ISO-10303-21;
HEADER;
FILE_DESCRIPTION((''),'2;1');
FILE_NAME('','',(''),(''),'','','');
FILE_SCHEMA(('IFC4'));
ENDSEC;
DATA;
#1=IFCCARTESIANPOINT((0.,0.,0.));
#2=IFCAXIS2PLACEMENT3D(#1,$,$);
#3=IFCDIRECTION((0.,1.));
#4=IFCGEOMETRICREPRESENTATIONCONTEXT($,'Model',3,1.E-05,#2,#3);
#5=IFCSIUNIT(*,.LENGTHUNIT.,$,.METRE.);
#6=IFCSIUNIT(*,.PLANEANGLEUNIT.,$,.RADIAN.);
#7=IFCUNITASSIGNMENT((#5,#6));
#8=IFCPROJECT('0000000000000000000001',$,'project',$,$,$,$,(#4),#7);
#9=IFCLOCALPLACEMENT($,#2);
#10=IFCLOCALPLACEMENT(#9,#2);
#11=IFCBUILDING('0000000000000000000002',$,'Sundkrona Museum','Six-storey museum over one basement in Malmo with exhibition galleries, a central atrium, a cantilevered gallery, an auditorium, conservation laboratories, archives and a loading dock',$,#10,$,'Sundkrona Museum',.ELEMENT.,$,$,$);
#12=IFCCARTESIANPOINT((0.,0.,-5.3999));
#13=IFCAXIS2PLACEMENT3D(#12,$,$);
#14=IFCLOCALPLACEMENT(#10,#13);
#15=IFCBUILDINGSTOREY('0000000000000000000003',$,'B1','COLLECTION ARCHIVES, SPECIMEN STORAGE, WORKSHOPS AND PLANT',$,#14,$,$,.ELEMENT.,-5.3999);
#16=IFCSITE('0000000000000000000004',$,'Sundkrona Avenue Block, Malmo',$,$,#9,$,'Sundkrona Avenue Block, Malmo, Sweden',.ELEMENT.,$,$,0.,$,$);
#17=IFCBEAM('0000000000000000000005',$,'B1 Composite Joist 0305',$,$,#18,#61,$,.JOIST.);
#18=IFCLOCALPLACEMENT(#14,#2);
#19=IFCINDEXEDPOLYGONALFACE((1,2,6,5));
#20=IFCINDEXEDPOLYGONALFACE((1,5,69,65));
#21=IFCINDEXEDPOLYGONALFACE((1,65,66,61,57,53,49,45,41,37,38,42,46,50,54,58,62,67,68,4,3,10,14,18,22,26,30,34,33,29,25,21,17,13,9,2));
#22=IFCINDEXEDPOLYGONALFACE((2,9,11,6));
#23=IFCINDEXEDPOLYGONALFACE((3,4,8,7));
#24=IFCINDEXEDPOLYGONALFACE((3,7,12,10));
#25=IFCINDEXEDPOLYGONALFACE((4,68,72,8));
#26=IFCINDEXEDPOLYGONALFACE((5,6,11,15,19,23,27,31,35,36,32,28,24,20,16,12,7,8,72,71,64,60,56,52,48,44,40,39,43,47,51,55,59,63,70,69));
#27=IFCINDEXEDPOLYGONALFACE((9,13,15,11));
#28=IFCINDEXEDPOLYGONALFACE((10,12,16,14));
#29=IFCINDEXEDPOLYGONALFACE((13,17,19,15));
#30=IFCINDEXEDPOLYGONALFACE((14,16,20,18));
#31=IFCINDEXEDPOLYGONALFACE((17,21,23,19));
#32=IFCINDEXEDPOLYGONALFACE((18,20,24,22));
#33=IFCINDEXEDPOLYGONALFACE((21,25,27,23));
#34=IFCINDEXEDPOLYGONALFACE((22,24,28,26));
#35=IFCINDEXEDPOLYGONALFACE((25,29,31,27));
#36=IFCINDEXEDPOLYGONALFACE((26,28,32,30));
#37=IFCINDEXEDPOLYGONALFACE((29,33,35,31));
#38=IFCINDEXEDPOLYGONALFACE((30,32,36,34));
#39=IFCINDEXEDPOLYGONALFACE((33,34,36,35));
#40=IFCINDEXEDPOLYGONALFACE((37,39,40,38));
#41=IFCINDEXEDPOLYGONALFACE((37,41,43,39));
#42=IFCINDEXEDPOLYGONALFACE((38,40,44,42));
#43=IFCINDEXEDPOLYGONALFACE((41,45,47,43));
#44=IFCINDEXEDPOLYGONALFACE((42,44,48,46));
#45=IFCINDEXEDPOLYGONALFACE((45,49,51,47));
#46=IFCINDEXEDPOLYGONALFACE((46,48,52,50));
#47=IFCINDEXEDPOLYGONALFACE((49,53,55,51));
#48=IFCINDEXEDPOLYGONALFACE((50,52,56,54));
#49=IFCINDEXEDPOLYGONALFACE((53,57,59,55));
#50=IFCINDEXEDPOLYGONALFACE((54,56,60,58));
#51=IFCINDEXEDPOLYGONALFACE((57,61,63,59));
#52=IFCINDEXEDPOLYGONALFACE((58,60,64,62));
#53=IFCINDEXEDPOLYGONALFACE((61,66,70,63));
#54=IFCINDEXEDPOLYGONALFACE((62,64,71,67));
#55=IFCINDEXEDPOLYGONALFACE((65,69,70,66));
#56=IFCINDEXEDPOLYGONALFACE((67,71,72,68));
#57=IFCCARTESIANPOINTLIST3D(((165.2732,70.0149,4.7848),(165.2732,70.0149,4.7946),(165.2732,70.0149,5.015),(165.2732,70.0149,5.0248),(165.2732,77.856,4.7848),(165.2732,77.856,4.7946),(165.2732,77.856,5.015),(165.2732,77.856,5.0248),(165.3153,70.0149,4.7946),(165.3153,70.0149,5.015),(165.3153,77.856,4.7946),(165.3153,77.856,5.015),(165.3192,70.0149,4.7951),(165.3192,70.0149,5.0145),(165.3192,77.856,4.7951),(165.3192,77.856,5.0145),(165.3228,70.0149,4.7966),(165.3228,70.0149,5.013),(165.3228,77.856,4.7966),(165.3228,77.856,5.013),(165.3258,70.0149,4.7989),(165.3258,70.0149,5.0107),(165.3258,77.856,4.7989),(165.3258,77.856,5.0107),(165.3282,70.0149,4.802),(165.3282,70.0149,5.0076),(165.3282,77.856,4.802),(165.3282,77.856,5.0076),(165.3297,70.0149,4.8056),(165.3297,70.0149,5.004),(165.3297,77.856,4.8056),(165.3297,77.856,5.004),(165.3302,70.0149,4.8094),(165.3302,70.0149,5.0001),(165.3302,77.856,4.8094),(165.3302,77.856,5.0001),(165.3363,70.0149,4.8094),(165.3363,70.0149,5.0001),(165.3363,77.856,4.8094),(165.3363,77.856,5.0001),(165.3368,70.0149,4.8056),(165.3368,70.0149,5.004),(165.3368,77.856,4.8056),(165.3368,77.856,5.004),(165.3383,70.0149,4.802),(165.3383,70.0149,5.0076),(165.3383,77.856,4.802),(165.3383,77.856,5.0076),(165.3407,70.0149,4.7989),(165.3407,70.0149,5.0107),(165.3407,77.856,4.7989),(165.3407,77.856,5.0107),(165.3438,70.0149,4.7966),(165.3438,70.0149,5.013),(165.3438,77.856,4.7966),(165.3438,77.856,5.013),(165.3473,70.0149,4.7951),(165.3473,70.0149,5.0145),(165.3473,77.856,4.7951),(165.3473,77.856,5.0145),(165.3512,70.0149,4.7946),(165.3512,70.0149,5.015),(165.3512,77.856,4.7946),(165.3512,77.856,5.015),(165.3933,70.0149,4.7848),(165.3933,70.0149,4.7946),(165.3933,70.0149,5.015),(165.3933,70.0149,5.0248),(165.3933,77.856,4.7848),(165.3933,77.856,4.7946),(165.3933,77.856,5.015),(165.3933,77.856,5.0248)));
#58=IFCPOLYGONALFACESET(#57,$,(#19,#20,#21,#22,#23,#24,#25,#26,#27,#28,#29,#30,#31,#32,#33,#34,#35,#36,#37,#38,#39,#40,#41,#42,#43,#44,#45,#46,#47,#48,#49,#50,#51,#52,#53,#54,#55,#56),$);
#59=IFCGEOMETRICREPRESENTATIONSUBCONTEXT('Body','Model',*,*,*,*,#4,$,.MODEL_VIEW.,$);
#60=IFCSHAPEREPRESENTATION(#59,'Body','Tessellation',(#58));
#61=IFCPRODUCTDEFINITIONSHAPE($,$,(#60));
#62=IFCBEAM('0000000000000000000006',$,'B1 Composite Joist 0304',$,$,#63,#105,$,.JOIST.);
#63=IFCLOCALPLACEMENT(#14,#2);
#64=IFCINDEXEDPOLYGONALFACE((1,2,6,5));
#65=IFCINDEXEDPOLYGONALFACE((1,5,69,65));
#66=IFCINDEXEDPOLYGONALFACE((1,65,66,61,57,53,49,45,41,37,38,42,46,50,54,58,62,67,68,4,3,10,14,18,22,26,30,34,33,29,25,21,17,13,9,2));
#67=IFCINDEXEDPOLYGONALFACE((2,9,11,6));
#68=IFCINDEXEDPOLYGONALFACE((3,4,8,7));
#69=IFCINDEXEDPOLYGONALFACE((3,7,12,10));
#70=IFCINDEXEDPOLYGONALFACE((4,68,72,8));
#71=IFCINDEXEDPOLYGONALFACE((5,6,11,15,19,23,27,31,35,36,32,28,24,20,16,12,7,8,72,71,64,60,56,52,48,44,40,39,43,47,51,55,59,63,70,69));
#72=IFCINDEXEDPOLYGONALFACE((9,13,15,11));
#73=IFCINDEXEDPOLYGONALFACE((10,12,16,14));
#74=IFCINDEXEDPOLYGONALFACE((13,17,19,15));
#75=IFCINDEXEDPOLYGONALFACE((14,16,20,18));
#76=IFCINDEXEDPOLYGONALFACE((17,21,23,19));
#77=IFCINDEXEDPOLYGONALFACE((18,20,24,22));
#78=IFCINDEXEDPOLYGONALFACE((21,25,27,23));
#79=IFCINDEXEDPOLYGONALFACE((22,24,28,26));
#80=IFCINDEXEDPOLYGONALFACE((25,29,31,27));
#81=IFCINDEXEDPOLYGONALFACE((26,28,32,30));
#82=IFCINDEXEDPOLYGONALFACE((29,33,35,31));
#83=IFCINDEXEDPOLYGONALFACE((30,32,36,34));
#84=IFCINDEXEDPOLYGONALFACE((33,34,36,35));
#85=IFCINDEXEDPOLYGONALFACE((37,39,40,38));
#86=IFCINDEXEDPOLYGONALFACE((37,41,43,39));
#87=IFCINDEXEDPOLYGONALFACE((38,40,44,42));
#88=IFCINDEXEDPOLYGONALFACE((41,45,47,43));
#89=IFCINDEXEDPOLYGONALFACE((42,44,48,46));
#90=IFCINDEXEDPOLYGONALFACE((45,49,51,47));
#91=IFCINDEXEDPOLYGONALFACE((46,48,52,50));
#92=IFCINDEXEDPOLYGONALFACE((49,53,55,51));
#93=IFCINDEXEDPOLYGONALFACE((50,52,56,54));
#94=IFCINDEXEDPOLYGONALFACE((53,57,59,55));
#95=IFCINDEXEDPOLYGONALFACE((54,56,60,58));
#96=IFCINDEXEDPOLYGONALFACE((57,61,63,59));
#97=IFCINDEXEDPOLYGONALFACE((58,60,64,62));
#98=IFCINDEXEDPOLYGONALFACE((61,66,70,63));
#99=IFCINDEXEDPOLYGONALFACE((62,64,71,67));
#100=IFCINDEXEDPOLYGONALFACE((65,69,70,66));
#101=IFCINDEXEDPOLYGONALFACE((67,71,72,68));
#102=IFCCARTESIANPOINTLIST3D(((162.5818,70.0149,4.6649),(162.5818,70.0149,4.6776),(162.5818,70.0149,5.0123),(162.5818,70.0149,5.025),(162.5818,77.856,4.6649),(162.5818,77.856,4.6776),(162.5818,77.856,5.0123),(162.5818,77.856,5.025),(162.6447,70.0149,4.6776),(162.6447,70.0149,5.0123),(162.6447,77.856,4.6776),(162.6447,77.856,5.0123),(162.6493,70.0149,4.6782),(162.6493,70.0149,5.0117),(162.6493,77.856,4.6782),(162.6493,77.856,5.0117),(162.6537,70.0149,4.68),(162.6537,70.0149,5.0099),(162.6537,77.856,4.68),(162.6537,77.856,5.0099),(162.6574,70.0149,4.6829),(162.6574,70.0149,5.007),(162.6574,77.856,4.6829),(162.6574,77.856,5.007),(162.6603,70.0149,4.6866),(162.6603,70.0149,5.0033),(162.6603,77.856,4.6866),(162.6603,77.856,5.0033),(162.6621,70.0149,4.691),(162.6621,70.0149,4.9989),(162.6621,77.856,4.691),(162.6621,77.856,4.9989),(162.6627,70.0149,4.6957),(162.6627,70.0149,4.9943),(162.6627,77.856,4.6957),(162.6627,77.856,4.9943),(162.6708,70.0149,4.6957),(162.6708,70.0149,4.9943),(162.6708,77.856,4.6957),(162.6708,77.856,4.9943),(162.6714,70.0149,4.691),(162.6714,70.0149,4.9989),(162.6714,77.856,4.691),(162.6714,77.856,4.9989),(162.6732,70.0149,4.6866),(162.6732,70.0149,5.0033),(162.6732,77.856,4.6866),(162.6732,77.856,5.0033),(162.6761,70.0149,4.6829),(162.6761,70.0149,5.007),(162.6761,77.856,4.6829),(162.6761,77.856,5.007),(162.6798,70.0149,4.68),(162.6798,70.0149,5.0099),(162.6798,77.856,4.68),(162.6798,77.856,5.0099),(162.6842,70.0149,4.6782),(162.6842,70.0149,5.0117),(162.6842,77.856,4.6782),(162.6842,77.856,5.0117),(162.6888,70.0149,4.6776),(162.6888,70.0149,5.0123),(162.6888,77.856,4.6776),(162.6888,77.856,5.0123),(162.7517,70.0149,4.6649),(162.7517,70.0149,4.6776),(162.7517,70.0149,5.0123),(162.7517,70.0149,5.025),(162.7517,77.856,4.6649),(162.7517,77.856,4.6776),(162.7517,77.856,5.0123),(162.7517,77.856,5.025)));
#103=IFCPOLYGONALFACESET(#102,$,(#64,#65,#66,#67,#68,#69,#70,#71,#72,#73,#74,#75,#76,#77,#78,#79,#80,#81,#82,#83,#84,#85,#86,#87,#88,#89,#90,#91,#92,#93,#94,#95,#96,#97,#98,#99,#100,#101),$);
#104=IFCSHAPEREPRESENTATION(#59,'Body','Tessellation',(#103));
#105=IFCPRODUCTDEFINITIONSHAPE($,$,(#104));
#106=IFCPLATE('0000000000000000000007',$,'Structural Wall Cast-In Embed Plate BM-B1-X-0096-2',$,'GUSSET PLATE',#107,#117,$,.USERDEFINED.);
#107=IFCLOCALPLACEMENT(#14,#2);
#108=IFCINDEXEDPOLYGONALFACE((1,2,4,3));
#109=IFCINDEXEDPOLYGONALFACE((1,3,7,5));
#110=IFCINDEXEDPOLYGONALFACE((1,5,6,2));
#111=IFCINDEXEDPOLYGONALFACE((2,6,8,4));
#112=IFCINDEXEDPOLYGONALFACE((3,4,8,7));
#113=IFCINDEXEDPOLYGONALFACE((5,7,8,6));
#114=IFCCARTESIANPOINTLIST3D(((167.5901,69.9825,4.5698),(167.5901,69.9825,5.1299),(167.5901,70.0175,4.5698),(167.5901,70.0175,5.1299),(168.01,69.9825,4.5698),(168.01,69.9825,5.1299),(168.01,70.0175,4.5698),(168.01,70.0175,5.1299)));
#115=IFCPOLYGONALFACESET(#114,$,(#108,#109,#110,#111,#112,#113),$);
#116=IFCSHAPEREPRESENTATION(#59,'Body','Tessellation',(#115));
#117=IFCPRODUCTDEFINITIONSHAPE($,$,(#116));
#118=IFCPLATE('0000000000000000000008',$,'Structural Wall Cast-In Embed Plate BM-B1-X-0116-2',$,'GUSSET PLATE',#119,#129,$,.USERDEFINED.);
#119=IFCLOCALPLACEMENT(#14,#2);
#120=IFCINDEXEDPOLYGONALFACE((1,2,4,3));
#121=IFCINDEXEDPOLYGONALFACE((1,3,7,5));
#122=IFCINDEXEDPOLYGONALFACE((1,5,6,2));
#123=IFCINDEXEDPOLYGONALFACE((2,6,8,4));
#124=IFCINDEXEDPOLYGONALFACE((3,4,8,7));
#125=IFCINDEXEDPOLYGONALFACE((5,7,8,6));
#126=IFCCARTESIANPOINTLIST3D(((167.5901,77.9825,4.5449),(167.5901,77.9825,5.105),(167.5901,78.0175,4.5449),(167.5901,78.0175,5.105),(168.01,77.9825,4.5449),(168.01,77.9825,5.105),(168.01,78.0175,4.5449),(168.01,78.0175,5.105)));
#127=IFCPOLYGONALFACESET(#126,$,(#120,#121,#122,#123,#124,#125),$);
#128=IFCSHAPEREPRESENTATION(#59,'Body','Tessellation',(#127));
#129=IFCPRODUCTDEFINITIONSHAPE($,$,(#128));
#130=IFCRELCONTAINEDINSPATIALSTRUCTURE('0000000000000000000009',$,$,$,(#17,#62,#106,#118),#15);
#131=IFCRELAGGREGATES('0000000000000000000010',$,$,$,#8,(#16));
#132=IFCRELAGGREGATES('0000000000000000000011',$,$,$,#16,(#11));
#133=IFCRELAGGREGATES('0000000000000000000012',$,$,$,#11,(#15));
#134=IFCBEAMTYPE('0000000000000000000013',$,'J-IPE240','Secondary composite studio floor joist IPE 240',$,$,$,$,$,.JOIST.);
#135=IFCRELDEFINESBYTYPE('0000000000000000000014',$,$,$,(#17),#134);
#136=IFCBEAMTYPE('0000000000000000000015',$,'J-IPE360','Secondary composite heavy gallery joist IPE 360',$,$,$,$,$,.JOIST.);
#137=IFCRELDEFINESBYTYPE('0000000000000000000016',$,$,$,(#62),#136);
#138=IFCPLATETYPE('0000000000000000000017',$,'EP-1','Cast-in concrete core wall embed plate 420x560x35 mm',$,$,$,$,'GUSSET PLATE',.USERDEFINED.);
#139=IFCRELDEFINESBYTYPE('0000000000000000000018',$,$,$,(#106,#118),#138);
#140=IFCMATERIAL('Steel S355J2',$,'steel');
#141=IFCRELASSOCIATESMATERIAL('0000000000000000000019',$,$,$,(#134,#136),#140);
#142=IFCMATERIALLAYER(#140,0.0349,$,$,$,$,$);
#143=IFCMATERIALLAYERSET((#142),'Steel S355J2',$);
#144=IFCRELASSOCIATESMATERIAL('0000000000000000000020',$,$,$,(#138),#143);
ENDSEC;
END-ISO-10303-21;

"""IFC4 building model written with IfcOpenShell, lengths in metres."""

from ifc_helpers import new_model, si_unit, direction, frame, origin, origin_2d, place, context, subcontext, project, spatial, rectangle, i_section, extrude, material, layer, layer_set, material_profile, profile_set, type_object, element, save


model = new_model("IFC4")

# Units and contexts
model_context = context("Model", 3, precision=1e-05, world=origin(), true_north=direction((0.0, 1.0)))
body_context = subcontext(model_context, "Body", "Model", "MODEL_VIEW")
ifc_project = project(units=[si_unit("LENGTHUNIT", "METRE"), si_unit("PLANEANGLEUNIT", "RADIAN")], contexts=[model_context])

# Site, building, storey
site_placement = place(None, origin())
site = spatial("IfcSite", under=ifc_project, at=site_placement, Name="Sundkrona Avenue Block, Malmo", LongName="Sundkrona Avenue Block, Malmo, Sweden", CompositionType="ELEMENT", RefElevation=0.0)
building_placement = place(site_placement, origin())
building = spatial("IfcBuilding", under=site, at=building_placement, Name="Sundkrona Museum", Description="Six-storey museum over one basement in Malmo with exhibition galleries, a central atrium, a cantilevered gallery, an auditorium, conservation laboratories, archives and a loading dock", LongName="Sundkrona Museum", CompositionType="ELEMENT")
storey_placement = place(building_placement, frame((0.0, 0.0, -5.3999)))
storey = spatial("IfcBuildingStorey", under=building, at=storey_placement, Name="B1", Description="COLLECTION ARCHIVES, SPECIMEN STORAGE, WORKSHOPS AND PLANT", CompositionType="ELEMENT", Elevation=-5.3999)

# Beams
ifc_material_1 = material(Name="Steel S355J2", Category="steel")
ifc_material_profile_1 = material_profile(ifc_material_1, i_section(OverallWidth=0.1201, OverallDepth=0.24, WebThickness=0.0061, FlangeThickness=0.0098, FilletRadius=0.0149, at=origin_2d()), Name="IPE 240")
ifc_profile_set_1 = profile_set([ifc_material_profile_1], Name="Steel S355J2")
beam_type_1 = type_object("IfcBeamType", Name="J-IPE240", Description="Secondary composite studio floor joist IPE 240", PredefinedType="JOIST", material=ifc_profile_set_1)
beam_1_placement = place(storey_placement, frame((165.3333, 70.0149, 4.9048), z_axis=(0.0, 1.0, 0.0), x_axis=(-1.0, 0.0, 0.0)))
element("IfcBeam", 1, at=beam_1_placement, inside=storey, type_object=beam_type_1, Name="B1 Composite Joist 0305", PredefinedType="JOIST", context=body_context, shape_type="SweptSolid", body=[
    extrude(i_section(OverallWidth=0.1201, OverallDepth=0.24, WebThickness=0.0061, FlangeThickness=0.0098, FilletRadius=0.0149, at=origin_2d()), origin(), (0.0, 0.0, 1.0), 7.8411),
])
ifc_material_profile_2 = material_profile(ifc_material_1, i_section(OverallWidth=0.1699, OverallDepth=0.3601, WebThickness=0.0081, FlangeThickness=0.0127, FilletRadius=0.0181, at=origin_2d()), Name="IPE 360")
ifc_profile_set_2 = profile_set([ifc_material_profile_2], Name="Steel S355J2")
beam_type_2 = type_object("IfcBeamType", Name="J-IPE360", Description="Secondary composite heavy gallery joist IPE 360", PredefinedType="JOIST", material=ifc_profile_set_2)
beam_2_placement = place(storey_placement, frame((162.6667, 70.0149, 4.845), z_axis=(0.0, 1.0, 0.0), x_axis=(-1.0, 0.0, 0.0)))
element("IfcBeam", 2, at=beam_2_placement, inside=storey, type_object=beam_type_2, Name="B1 Composite Joist 0304", PredefinedType="JOIST", context=body_context, shape_type="SweptSolid", body=[
    extrude(i_section(OverallWidth=0.1699, OverallDepth=0.3601, WebThickness=0.0081, FlangeThickness=0.0127, FilletRadius=0.0181, at=origin_2d()), origin(), (0.0, 0.0, 1.0), 7.8411),
])

# Plates
ifc_layer = layer(ifc_material_1, 0.0349)
ifc_layer_set = layer_set([ifc_layer], Name="Steel S355J2")
plate_type = type_object("IfcPlateType", Name="EP-1", Description="Cast-in concrete core wall embed plate 420x560x35 mm", ElementType="GUSSET PLATE", PredefinedType="USERDEFINED", material=ifc_layer_set)
for number, where, z_axis, x_axis, name in (
    (3, (167.8, 70.0, 4.5698), (0.0, 0.0, 1.0), (1.0, 0.0, 0.0), "Structural Wall Cast-In Embed Plate BM-B1-X-0096-2"),
    (4, (167.8, 78.0, 4.5449), (0.0, 0.0, 1.0), (1.0, 0.0, 0.0), "Structural Wall Cast-In Embed Plate BM-B1-X-0116-2"),
):
    element("IfcPlate", number, at=place(storey_placement, frame(where, z_axis=z_axis, x_axis=x_axis)), inside=storey, type_object=plate_type, Name=name, ObjectType="GUSSET PLATE", PredefinedType="USERDEFINED", context=body_context, shape_type="SweptSolid", body=[
        extrude(rectangle(XDim=0.4199, YDim=0.0349, at=origin_2d()), origin(), (0.0, 0.0, 1.0), 0.5601),
    ])

save(model, "model.ifc")
